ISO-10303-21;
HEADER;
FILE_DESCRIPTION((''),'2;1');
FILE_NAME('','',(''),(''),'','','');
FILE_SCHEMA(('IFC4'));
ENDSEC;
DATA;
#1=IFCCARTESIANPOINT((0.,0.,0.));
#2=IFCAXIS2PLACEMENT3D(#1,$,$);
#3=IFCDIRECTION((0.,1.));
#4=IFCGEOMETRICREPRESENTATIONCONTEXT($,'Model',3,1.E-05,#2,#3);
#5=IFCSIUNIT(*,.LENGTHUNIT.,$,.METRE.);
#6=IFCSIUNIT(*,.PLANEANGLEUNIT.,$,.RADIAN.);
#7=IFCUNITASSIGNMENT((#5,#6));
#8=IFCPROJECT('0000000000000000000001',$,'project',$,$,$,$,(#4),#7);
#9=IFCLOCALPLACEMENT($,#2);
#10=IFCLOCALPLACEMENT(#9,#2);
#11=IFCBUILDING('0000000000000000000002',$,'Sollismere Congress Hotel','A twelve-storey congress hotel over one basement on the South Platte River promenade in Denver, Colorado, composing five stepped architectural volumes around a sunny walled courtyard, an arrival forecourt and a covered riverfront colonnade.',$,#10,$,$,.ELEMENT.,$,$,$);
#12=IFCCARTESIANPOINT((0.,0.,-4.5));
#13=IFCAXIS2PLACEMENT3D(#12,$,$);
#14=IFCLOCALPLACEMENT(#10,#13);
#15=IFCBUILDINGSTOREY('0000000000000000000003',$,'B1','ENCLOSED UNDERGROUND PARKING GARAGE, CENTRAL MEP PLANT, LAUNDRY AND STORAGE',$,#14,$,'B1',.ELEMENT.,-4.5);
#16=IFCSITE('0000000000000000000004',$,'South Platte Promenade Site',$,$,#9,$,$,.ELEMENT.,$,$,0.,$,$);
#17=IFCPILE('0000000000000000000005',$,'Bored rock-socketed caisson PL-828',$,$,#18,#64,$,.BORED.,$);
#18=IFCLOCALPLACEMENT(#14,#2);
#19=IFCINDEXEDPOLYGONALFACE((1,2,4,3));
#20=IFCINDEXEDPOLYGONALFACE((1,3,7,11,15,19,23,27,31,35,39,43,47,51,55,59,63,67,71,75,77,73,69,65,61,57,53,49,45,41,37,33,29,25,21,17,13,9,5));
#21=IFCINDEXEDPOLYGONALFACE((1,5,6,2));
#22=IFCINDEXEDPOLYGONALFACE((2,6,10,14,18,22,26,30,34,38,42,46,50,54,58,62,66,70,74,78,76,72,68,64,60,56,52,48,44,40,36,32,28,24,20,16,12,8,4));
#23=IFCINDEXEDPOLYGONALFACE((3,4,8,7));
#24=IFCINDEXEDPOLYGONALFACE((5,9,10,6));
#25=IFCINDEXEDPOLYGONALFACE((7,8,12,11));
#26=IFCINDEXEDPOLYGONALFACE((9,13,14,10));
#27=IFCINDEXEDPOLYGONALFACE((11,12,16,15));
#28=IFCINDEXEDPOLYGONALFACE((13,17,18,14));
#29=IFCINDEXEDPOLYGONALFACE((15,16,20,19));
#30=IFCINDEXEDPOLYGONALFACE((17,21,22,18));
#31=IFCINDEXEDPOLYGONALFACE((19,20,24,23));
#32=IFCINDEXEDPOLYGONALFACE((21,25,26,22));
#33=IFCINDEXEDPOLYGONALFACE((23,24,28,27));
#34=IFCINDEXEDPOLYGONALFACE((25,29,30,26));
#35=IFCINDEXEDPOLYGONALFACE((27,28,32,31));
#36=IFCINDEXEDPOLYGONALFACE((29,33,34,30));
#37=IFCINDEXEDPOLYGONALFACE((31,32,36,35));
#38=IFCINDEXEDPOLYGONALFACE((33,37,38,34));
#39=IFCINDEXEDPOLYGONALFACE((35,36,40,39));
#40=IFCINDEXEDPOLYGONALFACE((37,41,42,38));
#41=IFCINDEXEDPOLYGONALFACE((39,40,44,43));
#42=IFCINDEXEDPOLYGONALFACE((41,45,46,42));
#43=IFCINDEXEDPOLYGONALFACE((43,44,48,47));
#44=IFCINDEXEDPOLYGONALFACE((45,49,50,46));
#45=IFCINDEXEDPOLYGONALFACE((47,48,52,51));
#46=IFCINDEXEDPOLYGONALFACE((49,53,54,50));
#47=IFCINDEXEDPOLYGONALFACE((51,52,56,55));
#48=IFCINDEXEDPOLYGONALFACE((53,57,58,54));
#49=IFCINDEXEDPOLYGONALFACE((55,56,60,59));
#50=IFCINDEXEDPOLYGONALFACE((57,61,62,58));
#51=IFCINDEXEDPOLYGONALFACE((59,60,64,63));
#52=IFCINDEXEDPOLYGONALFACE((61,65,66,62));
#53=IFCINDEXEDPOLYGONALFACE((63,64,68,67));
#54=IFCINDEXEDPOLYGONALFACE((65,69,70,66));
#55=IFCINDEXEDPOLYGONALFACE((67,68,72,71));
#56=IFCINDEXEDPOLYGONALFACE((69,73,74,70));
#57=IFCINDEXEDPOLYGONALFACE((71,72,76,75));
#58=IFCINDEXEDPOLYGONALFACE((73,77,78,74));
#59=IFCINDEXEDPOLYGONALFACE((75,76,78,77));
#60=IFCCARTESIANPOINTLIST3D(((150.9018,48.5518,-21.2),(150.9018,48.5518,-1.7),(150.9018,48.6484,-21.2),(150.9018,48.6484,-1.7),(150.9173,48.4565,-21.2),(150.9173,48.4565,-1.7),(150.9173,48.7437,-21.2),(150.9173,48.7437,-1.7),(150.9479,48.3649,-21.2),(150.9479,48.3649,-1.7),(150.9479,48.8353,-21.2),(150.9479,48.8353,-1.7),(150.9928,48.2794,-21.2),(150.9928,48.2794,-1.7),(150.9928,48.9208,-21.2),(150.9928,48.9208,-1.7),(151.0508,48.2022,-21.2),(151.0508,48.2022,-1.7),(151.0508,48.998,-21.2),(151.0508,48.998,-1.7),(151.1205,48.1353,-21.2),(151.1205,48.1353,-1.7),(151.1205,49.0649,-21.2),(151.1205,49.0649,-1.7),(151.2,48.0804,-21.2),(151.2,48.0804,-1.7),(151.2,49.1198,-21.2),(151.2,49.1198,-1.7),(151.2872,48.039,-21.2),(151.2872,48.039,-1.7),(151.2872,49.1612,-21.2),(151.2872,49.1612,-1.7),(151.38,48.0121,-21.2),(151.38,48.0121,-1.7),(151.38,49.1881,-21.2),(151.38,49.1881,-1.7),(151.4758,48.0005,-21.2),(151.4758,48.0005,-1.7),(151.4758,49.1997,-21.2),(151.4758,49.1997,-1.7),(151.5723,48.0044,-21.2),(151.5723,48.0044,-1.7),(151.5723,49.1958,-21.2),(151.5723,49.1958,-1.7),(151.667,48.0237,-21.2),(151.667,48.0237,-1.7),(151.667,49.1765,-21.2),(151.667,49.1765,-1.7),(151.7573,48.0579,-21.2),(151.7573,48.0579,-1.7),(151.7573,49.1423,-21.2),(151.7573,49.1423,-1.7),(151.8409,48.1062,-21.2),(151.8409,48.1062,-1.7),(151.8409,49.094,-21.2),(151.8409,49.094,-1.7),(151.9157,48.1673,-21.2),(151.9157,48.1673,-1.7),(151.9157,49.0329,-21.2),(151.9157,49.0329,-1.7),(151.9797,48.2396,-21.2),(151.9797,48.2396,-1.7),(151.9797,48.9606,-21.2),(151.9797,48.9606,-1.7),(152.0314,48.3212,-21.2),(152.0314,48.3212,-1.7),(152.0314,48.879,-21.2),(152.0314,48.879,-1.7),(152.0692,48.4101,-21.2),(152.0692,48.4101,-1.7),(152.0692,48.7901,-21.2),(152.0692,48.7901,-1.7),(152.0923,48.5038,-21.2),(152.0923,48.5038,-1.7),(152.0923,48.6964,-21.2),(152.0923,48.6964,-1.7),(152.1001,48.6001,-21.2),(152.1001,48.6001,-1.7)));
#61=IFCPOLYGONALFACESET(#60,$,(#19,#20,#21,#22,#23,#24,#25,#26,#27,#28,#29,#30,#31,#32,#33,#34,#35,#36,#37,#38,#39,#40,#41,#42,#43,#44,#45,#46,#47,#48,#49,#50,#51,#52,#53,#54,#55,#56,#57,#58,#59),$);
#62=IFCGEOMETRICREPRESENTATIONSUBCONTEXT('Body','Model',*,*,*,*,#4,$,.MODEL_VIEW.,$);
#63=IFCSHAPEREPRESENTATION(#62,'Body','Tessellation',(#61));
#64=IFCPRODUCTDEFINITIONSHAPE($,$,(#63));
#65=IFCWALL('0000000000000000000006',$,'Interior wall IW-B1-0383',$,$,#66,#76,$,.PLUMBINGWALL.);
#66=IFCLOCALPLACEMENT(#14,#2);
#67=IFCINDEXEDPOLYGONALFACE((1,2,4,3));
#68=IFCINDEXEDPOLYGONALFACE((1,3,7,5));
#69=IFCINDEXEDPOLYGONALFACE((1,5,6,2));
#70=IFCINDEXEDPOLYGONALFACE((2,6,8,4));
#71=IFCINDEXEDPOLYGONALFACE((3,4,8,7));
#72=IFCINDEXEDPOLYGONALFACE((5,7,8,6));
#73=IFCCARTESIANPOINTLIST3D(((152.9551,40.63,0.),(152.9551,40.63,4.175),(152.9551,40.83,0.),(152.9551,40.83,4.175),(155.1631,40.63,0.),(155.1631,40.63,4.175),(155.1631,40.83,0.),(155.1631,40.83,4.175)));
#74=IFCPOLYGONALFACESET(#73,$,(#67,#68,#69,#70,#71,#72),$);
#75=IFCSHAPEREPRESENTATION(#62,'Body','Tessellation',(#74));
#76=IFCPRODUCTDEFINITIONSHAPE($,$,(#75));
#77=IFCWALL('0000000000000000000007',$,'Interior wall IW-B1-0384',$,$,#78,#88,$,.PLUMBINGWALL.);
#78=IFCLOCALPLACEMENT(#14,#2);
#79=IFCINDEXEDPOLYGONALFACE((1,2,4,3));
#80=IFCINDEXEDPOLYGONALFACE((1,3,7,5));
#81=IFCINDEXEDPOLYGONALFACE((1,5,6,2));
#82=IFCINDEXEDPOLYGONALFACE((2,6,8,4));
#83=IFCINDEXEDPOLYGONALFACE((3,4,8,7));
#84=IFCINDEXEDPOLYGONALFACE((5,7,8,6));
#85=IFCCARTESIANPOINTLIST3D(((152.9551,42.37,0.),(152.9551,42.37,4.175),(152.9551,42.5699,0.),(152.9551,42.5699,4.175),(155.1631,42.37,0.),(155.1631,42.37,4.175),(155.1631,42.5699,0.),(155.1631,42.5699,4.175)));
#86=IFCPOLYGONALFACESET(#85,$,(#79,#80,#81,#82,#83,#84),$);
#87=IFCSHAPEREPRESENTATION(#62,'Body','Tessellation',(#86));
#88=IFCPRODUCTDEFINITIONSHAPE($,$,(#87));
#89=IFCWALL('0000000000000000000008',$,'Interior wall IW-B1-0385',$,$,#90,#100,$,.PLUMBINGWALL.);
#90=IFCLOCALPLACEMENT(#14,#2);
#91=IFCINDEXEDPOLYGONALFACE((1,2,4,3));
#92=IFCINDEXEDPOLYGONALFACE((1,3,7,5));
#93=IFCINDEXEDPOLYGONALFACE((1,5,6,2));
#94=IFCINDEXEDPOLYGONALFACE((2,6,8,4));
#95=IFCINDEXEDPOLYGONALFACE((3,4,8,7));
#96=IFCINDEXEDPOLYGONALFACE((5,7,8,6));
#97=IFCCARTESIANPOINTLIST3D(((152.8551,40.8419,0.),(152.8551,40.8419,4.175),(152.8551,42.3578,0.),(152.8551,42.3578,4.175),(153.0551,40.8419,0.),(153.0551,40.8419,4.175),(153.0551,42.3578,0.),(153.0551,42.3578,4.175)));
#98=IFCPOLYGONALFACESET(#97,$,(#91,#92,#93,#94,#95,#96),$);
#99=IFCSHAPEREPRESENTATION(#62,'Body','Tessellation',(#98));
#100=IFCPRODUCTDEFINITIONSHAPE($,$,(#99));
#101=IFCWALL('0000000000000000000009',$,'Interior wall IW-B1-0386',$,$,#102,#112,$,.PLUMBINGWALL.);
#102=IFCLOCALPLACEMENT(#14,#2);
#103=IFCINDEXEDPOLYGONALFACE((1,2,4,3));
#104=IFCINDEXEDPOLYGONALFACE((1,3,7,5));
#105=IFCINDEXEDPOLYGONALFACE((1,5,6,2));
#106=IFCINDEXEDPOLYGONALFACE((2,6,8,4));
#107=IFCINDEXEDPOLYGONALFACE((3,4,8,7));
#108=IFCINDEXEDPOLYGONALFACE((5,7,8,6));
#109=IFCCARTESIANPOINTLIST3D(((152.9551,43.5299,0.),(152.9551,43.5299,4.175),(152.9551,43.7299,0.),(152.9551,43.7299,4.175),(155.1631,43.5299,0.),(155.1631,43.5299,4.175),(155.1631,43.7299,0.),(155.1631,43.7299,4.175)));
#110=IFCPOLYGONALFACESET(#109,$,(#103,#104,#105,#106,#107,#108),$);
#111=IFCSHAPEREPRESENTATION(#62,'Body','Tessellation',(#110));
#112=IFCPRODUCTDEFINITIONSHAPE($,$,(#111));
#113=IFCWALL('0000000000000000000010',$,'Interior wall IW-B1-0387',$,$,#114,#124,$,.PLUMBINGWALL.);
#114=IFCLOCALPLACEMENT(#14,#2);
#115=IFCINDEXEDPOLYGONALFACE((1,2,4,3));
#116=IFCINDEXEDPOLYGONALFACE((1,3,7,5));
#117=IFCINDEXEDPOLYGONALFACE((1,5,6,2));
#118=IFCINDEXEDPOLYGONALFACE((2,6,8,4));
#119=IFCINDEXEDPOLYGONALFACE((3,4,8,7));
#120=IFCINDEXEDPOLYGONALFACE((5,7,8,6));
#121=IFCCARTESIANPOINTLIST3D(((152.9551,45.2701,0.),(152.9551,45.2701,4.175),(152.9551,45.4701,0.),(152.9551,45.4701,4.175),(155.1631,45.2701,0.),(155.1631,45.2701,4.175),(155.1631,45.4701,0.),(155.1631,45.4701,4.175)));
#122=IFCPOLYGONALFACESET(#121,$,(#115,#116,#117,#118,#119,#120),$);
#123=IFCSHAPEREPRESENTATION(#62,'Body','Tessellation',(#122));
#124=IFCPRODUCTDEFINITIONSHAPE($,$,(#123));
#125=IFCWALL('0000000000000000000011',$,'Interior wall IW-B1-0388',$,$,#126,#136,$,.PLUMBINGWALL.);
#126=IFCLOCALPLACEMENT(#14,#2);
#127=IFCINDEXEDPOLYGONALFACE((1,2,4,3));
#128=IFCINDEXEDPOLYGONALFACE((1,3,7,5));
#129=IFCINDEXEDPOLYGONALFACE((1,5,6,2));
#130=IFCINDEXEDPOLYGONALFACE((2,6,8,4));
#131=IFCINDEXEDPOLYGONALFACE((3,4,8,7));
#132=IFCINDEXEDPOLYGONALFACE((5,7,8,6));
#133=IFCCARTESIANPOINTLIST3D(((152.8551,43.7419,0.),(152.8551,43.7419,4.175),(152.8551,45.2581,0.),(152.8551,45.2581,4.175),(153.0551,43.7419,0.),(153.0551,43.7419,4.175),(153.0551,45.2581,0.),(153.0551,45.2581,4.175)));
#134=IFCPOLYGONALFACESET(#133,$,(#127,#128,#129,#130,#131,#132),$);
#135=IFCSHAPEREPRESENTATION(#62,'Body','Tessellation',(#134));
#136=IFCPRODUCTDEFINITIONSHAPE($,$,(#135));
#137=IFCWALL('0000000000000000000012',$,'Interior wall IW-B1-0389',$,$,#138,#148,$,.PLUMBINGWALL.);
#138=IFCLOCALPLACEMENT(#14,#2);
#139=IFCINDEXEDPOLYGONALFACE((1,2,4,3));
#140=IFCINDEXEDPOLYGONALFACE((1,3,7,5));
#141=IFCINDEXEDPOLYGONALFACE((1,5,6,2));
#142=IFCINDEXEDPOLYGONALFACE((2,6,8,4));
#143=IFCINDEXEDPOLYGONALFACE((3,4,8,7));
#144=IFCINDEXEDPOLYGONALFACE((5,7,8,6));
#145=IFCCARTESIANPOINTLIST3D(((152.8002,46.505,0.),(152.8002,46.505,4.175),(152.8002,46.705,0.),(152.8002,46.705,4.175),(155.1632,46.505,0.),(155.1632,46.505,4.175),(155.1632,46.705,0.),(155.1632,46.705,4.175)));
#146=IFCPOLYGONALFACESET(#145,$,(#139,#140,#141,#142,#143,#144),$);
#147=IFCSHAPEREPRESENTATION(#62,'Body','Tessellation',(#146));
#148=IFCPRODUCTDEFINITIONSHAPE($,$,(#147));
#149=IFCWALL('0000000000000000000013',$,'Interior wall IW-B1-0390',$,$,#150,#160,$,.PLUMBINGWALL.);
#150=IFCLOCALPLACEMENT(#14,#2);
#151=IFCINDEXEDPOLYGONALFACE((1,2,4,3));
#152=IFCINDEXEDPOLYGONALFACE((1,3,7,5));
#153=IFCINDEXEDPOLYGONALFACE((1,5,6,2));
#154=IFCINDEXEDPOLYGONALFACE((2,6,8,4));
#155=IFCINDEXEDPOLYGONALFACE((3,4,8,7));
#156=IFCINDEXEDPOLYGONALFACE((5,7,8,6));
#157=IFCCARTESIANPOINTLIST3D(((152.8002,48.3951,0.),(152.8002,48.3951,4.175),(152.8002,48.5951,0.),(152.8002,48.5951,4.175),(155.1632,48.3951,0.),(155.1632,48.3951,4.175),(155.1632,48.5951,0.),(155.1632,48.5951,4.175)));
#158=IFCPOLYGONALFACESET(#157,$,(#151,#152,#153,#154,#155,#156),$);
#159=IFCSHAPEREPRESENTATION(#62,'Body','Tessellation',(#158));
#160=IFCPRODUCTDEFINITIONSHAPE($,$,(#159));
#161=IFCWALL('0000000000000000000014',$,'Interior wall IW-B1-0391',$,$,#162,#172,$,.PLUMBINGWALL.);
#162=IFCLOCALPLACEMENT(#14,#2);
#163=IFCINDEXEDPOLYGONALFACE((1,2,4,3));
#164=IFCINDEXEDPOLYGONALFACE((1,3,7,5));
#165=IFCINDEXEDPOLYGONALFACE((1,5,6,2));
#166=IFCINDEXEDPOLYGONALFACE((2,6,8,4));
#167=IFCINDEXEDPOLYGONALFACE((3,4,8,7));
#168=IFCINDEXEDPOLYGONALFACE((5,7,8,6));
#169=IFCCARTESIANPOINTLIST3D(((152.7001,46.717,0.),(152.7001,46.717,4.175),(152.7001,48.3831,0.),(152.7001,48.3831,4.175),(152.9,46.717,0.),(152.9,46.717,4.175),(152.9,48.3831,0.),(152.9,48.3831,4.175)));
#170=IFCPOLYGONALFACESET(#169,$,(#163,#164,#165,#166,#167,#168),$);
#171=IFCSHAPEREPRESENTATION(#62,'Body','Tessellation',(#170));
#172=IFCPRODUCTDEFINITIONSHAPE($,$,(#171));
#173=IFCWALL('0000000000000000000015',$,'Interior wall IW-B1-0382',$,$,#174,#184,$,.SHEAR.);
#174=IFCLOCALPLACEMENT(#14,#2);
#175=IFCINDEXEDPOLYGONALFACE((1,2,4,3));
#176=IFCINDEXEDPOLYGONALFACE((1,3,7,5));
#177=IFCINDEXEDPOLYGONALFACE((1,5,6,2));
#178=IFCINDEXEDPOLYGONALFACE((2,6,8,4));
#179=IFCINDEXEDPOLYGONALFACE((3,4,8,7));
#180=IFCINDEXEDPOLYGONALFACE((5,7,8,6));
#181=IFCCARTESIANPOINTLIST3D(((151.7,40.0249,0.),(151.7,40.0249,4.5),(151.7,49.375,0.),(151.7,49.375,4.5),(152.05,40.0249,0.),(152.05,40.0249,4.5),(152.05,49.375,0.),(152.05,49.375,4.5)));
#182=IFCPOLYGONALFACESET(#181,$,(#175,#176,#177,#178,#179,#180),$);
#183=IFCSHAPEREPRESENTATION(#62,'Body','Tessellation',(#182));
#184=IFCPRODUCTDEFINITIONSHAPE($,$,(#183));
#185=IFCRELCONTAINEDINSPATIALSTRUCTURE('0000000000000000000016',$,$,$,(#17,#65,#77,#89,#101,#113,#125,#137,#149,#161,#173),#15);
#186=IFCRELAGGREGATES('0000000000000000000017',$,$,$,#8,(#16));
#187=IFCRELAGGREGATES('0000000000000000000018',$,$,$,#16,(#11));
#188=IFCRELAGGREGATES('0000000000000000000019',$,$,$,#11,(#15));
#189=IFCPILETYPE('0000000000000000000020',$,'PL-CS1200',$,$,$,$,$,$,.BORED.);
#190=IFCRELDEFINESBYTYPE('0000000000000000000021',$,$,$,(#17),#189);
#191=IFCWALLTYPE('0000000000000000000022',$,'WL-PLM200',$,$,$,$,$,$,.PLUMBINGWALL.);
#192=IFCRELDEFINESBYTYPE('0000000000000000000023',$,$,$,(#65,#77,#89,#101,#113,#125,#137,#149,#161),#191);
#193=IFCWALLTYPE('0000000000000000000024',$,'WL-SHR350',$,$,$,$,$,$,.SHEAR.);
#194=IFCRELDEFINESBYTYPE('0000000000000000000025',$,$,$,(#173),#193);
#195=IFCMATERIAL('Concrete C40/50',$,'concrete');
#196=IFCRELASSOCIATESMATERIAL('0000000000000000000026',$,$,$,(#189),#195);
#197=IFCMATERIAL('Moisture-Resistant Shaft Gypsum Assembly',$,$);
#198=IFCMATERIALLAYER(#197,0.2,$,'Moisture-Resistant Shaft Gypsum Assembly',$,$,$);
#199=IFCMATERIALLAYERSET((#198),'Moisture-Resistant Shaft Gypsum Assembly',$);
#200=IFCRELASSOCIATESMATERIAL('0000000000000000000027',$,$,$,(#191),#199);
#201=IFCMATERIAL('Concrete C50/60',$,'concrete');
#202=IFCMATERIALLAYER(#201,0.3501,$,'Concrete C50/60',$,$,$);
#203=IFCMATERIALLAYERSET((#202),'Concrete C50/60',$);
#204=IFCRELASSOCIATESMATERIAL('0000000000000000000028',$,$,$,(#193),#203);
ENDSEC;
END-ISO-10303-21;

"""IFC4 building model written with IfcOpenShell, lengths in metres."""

from ifc_helpers import new_model, si_unit, direction, frame, frame_2d, origin, origin_2d, place, context, subcontext, project, spatial, rectangle, circle, extrude, material, layer, layer_set, material_profile, profile_set, type_object, element, save


model = new_model("IFC4")

# Units and contexts
model_context = context("Model", 3, precision=1e-05, world=origin(), true_north=direction((0.0, 1.0)))
body_context = subcontext(model_context, "Body", "Model", "MODEL_VIEW")
ifc_project = project(units=[si_unit("LENGTHUNIT", "METRE"), si_unit("PLANEANGLEUNIT", "RADIAN")], contexts=[model_context])

# Site, building, storey
site_placement = place(None, origin())
site = spatial("IfcSite", under=ifc_project, at=site_placement, Name="South Platte Promenade Site", CompositionType="ELEMENT", RefElevation=0.0)
building_placement = place(site_placement, origin())
building = spatial("IfcBuilding", under=site, at=building_placement, Name="Sollismere Congress Hotel", Description="A twelve-storey congress hotel over one basement on the South Platte River promenade in Denver, Colorado, composing five stepped architectural volumes around a sunny walled courtyard, an arrival forecourt and a covered riverfront colonnade.", CompositionType="ELEMENT")
storey_placement = place(building_placement, frame((0.0, 0.0, -4.5)))
storey = spatial("IfcBuildingStorey", under=building, at=storey_placement, Name="B1", Description="ENCLOSED UNDERGROUND PARKING GARAGE, CENTRAL MEP PLANT, LAUNDRY AND STORAGE", LongName="B1", CompositionType="ELEMENT", Elevation=-4.5)

# Shared definitions
ifc_material_1 = material(Name="Concrete C40/50", Category="concrete")

# Pile
ifc_material_profile = material_profile(ifc_material_1, circle(Radius=0.6001, at=origin_2d()), Name="CAISSON1200")
ifc_profile_set = profile_set([ifc_material_profile], Name="Concrete C40/50")
pile_type = type_object("IfcPileType", Name="PL-CS1200", PredefinedType="BORED", material=ifc_profile_set)
for number, where, z_axis, x_axis, name in (
    (1, (151.5, 48.6001, -1.7), (0.0, 0.0, -1.0), (1.0, 0.0, 0.0), "Bored rock-socketed caisson PL-828"),
):
    element("IfcPile", number, at=place(storey_placement, frame(where, z_axis=z_axis, x_axis=x_axis)), inside=storey, type_object=pile_type, Name=name, PredefinedType="BORED", context=body_context, shape_type="SweptSolid", body=[
        extrude(circle(Radius=0.6001, at=origin_2d()), origin(), (0.0, 0.0, 1.0), 19.5),
    ])

# Walls
ifc_material_2 = material(Name="Moisture-Resistant Shaft Gypsum Assembly")
ifc_layer_1 = layer(ifc_material_2, 0.2, Name="Moisture-Resistant Shaft Gypsum Assembly")
ifc_layer_set_1 = layer_set([ifc_layer_1], Name="Moisture-Resistant Shaft Gypsum Assembly")
wall_type_1 = type_object("IfcWallType", Name="WL-PLM200", PredefinedType="PLUMBINGWALL", material=ifc_layer_set_1)
for number, where, z_axis, x_axis, name in (
    (2, (152.9551, 40.73, 0.0), (0.0, 0.0, 1.0), (1.0, 0.0, 0.0), "Interior wall IW-B1-0383"),
    (3, (152.9551, 42.47, 0.0), (0.0, 0.0, 1.0), (1.0, 0.0, 0.0), "Interior wall IW-B1-0384"),
):
    element("IfcWall", number, at=place(storey_placement, frame(where, z_axis=z_axis, x_axis=x_axis)), inside=storey, type_object=wall_type_1, Name=name, PredefinedType="PLUMBINGWALL", context=body_context, shape_type="SweptSolid", body=[
        extrude(rectangle(XDim=2.208, YDim=0.2, at=frame_2d((1.104, 0.0))), origin(), (0.0, 0.0, 1.0), 4.175),
    ])
wall_1_placement = place(storey_placement, frame((152.9551, 40.842, 0.0), z_axis=(0.0, 0.0, 1.0), x_axis=(0.0, 1.0, 0.0)))
element("IfcWall", 4, at=wall_1_placement, inside=storey, type_object=wall_type_1, Name="Interior wall IW-B1-0385", PredefinedType="PLUMBINGWALL", context=body_context, shape_type="SweptSolid", body=[
    extrude(rectangle(XDim=1.5159, YDim=0.2, at=frame_2d((0.7578, 0.0))), origin(), (0.0, 0.0, 1.0), 4.175),
])
for number, where, z_axis, x_axis, name in (
    (5, (152.9551, 43.6299, 0.0), (0.0, 0.0, 1.0), (1.0, 0.0, 0.0), "Interior wall IW-B1-0386"),
    (6, (152.9551, 45.3701, 0.0), (0.0, 0.0, 1.0), (1.0, 0.0, 0.0), "Interior wall IW-B1-0387"),
):
    element("IfcWall", number, at=place(storey_placement, frame(where, z_axis=z_axis, x_axis=x_axis)), inside=storey, type_object=wall_type_1, Name=name, PredefinedType="PLUMBINGWALL", context=body_context, shape_type="SweptSolid", body=[
        extrude(rectangle(XDim=2.208, YDim=0.2, at=frame_2d((1.104, 0.0))), origin(), (0.0, 0.0, 1.0), 4.175),
    ])
wall_2_placement = place(storey_placement, frame((152.9551, 43.7419, 0.0), z_axis=(0.0, 0.0, 1.0), x_axis=(0.0, 1.0, 0.0)))
element("IfcWall", 7, at=wall_2_placement, inside=storey, type_object=wall_type_1, Name="Interior wall IW-B1-0388", PredefinedType="PLUMBINGWALL", context=body_context, shape_type="SweptSolid", body=[
    extrude(rectangle(XDim=1.5161, YDim=0.2, at=frame_2d((0.7581, 0.0))), origin(), (0.0, 0.0, 1.0), 4.175),
])
for number, where, z_axis, x_axis, name in (
    (8, (152.8, 46.605, 0.0), (0.0, 0.0, 1.0), (1.0, 0.0, 0.0), "Interior wall IW-B1-0389"),
    (9, (152.8, 48.4951, 0.0), (0.0, 0.0, 1.0), (1.0, 0.0, 0.0), "Interior wall IW-B1-0390"),
):
    element("IfcWall", number, at=place(storey_placement, frame(where, z_axis=z_axis, x_axis=x_axis)), inside=storey, type_object=wall_type_1, Name=name, PredefinedType="PLUMBINGWALL", context=body_context, shape_type="SweptSolid", body=[
        extrude(rectangle(XDim=2.363, YDim=0.2, at=frame_2d((1.1816, 0.0))), origin(), (0.0, 0.0, 1.0), 4.175),
    ])
wall_3_placement = place(storey_placement, frame((152.8, 46.717, 0.0), z_axis=(0.0, 0.0, 1.0), x_axis=(0.0, 1.0, 0.0)))
element("IfcWall", 10, at=wall_3_placement, inside=storey, type_object=wall_type_1, Name="Interior wall IW-B1-0391", PredefinedType="PLUMBINGWALL", context=body_context, shape_type="SweptSolid", body=[
    extrude(rectangle(XDim=1.666, YDim=0.2, at=frame_2d((0.833, 0.0))), origin(), (0.0, 0.0, 1.0), 4.175),
])
ifc_material_3 = material(Name="Concrete C50/60", Category="concrete")
ifc_layer_2 = layer(ifc_material_3, 0.3501, Name="Concrete C50/60")
ifc_layer_set_2 = layer_set([ifc_layer_2], Name="Concrete C50/60")
wall_type_2 = type_object("IfcWallType", Name="WL-SHR350", PredefinedType="SHEAR", material=ifc_layer_set_2)
wall_4_placement = place(storey_placement, frame((151.875, 40.0249, 0.0), z_axis=(0.0, 0.0, 1.0), x_axis=(0.0, 1.0, 0.0)))
element("IfcWall", 11, at=wall_4_placement, inside=storey, type_object=wall_type_2, Name="Interior wall IW-B1-0382", PredefinedType="SHEAR", context=body_context, shape_type="SweptSolid", body=[
    extrude(rectangle(XDim=9.3501, YDim=0.3501, at=frame_2d((4.675, 0.0))), origin(), (0.0, 0.0, 1.0), 4.5),
])

save(model, "model.ifc")
